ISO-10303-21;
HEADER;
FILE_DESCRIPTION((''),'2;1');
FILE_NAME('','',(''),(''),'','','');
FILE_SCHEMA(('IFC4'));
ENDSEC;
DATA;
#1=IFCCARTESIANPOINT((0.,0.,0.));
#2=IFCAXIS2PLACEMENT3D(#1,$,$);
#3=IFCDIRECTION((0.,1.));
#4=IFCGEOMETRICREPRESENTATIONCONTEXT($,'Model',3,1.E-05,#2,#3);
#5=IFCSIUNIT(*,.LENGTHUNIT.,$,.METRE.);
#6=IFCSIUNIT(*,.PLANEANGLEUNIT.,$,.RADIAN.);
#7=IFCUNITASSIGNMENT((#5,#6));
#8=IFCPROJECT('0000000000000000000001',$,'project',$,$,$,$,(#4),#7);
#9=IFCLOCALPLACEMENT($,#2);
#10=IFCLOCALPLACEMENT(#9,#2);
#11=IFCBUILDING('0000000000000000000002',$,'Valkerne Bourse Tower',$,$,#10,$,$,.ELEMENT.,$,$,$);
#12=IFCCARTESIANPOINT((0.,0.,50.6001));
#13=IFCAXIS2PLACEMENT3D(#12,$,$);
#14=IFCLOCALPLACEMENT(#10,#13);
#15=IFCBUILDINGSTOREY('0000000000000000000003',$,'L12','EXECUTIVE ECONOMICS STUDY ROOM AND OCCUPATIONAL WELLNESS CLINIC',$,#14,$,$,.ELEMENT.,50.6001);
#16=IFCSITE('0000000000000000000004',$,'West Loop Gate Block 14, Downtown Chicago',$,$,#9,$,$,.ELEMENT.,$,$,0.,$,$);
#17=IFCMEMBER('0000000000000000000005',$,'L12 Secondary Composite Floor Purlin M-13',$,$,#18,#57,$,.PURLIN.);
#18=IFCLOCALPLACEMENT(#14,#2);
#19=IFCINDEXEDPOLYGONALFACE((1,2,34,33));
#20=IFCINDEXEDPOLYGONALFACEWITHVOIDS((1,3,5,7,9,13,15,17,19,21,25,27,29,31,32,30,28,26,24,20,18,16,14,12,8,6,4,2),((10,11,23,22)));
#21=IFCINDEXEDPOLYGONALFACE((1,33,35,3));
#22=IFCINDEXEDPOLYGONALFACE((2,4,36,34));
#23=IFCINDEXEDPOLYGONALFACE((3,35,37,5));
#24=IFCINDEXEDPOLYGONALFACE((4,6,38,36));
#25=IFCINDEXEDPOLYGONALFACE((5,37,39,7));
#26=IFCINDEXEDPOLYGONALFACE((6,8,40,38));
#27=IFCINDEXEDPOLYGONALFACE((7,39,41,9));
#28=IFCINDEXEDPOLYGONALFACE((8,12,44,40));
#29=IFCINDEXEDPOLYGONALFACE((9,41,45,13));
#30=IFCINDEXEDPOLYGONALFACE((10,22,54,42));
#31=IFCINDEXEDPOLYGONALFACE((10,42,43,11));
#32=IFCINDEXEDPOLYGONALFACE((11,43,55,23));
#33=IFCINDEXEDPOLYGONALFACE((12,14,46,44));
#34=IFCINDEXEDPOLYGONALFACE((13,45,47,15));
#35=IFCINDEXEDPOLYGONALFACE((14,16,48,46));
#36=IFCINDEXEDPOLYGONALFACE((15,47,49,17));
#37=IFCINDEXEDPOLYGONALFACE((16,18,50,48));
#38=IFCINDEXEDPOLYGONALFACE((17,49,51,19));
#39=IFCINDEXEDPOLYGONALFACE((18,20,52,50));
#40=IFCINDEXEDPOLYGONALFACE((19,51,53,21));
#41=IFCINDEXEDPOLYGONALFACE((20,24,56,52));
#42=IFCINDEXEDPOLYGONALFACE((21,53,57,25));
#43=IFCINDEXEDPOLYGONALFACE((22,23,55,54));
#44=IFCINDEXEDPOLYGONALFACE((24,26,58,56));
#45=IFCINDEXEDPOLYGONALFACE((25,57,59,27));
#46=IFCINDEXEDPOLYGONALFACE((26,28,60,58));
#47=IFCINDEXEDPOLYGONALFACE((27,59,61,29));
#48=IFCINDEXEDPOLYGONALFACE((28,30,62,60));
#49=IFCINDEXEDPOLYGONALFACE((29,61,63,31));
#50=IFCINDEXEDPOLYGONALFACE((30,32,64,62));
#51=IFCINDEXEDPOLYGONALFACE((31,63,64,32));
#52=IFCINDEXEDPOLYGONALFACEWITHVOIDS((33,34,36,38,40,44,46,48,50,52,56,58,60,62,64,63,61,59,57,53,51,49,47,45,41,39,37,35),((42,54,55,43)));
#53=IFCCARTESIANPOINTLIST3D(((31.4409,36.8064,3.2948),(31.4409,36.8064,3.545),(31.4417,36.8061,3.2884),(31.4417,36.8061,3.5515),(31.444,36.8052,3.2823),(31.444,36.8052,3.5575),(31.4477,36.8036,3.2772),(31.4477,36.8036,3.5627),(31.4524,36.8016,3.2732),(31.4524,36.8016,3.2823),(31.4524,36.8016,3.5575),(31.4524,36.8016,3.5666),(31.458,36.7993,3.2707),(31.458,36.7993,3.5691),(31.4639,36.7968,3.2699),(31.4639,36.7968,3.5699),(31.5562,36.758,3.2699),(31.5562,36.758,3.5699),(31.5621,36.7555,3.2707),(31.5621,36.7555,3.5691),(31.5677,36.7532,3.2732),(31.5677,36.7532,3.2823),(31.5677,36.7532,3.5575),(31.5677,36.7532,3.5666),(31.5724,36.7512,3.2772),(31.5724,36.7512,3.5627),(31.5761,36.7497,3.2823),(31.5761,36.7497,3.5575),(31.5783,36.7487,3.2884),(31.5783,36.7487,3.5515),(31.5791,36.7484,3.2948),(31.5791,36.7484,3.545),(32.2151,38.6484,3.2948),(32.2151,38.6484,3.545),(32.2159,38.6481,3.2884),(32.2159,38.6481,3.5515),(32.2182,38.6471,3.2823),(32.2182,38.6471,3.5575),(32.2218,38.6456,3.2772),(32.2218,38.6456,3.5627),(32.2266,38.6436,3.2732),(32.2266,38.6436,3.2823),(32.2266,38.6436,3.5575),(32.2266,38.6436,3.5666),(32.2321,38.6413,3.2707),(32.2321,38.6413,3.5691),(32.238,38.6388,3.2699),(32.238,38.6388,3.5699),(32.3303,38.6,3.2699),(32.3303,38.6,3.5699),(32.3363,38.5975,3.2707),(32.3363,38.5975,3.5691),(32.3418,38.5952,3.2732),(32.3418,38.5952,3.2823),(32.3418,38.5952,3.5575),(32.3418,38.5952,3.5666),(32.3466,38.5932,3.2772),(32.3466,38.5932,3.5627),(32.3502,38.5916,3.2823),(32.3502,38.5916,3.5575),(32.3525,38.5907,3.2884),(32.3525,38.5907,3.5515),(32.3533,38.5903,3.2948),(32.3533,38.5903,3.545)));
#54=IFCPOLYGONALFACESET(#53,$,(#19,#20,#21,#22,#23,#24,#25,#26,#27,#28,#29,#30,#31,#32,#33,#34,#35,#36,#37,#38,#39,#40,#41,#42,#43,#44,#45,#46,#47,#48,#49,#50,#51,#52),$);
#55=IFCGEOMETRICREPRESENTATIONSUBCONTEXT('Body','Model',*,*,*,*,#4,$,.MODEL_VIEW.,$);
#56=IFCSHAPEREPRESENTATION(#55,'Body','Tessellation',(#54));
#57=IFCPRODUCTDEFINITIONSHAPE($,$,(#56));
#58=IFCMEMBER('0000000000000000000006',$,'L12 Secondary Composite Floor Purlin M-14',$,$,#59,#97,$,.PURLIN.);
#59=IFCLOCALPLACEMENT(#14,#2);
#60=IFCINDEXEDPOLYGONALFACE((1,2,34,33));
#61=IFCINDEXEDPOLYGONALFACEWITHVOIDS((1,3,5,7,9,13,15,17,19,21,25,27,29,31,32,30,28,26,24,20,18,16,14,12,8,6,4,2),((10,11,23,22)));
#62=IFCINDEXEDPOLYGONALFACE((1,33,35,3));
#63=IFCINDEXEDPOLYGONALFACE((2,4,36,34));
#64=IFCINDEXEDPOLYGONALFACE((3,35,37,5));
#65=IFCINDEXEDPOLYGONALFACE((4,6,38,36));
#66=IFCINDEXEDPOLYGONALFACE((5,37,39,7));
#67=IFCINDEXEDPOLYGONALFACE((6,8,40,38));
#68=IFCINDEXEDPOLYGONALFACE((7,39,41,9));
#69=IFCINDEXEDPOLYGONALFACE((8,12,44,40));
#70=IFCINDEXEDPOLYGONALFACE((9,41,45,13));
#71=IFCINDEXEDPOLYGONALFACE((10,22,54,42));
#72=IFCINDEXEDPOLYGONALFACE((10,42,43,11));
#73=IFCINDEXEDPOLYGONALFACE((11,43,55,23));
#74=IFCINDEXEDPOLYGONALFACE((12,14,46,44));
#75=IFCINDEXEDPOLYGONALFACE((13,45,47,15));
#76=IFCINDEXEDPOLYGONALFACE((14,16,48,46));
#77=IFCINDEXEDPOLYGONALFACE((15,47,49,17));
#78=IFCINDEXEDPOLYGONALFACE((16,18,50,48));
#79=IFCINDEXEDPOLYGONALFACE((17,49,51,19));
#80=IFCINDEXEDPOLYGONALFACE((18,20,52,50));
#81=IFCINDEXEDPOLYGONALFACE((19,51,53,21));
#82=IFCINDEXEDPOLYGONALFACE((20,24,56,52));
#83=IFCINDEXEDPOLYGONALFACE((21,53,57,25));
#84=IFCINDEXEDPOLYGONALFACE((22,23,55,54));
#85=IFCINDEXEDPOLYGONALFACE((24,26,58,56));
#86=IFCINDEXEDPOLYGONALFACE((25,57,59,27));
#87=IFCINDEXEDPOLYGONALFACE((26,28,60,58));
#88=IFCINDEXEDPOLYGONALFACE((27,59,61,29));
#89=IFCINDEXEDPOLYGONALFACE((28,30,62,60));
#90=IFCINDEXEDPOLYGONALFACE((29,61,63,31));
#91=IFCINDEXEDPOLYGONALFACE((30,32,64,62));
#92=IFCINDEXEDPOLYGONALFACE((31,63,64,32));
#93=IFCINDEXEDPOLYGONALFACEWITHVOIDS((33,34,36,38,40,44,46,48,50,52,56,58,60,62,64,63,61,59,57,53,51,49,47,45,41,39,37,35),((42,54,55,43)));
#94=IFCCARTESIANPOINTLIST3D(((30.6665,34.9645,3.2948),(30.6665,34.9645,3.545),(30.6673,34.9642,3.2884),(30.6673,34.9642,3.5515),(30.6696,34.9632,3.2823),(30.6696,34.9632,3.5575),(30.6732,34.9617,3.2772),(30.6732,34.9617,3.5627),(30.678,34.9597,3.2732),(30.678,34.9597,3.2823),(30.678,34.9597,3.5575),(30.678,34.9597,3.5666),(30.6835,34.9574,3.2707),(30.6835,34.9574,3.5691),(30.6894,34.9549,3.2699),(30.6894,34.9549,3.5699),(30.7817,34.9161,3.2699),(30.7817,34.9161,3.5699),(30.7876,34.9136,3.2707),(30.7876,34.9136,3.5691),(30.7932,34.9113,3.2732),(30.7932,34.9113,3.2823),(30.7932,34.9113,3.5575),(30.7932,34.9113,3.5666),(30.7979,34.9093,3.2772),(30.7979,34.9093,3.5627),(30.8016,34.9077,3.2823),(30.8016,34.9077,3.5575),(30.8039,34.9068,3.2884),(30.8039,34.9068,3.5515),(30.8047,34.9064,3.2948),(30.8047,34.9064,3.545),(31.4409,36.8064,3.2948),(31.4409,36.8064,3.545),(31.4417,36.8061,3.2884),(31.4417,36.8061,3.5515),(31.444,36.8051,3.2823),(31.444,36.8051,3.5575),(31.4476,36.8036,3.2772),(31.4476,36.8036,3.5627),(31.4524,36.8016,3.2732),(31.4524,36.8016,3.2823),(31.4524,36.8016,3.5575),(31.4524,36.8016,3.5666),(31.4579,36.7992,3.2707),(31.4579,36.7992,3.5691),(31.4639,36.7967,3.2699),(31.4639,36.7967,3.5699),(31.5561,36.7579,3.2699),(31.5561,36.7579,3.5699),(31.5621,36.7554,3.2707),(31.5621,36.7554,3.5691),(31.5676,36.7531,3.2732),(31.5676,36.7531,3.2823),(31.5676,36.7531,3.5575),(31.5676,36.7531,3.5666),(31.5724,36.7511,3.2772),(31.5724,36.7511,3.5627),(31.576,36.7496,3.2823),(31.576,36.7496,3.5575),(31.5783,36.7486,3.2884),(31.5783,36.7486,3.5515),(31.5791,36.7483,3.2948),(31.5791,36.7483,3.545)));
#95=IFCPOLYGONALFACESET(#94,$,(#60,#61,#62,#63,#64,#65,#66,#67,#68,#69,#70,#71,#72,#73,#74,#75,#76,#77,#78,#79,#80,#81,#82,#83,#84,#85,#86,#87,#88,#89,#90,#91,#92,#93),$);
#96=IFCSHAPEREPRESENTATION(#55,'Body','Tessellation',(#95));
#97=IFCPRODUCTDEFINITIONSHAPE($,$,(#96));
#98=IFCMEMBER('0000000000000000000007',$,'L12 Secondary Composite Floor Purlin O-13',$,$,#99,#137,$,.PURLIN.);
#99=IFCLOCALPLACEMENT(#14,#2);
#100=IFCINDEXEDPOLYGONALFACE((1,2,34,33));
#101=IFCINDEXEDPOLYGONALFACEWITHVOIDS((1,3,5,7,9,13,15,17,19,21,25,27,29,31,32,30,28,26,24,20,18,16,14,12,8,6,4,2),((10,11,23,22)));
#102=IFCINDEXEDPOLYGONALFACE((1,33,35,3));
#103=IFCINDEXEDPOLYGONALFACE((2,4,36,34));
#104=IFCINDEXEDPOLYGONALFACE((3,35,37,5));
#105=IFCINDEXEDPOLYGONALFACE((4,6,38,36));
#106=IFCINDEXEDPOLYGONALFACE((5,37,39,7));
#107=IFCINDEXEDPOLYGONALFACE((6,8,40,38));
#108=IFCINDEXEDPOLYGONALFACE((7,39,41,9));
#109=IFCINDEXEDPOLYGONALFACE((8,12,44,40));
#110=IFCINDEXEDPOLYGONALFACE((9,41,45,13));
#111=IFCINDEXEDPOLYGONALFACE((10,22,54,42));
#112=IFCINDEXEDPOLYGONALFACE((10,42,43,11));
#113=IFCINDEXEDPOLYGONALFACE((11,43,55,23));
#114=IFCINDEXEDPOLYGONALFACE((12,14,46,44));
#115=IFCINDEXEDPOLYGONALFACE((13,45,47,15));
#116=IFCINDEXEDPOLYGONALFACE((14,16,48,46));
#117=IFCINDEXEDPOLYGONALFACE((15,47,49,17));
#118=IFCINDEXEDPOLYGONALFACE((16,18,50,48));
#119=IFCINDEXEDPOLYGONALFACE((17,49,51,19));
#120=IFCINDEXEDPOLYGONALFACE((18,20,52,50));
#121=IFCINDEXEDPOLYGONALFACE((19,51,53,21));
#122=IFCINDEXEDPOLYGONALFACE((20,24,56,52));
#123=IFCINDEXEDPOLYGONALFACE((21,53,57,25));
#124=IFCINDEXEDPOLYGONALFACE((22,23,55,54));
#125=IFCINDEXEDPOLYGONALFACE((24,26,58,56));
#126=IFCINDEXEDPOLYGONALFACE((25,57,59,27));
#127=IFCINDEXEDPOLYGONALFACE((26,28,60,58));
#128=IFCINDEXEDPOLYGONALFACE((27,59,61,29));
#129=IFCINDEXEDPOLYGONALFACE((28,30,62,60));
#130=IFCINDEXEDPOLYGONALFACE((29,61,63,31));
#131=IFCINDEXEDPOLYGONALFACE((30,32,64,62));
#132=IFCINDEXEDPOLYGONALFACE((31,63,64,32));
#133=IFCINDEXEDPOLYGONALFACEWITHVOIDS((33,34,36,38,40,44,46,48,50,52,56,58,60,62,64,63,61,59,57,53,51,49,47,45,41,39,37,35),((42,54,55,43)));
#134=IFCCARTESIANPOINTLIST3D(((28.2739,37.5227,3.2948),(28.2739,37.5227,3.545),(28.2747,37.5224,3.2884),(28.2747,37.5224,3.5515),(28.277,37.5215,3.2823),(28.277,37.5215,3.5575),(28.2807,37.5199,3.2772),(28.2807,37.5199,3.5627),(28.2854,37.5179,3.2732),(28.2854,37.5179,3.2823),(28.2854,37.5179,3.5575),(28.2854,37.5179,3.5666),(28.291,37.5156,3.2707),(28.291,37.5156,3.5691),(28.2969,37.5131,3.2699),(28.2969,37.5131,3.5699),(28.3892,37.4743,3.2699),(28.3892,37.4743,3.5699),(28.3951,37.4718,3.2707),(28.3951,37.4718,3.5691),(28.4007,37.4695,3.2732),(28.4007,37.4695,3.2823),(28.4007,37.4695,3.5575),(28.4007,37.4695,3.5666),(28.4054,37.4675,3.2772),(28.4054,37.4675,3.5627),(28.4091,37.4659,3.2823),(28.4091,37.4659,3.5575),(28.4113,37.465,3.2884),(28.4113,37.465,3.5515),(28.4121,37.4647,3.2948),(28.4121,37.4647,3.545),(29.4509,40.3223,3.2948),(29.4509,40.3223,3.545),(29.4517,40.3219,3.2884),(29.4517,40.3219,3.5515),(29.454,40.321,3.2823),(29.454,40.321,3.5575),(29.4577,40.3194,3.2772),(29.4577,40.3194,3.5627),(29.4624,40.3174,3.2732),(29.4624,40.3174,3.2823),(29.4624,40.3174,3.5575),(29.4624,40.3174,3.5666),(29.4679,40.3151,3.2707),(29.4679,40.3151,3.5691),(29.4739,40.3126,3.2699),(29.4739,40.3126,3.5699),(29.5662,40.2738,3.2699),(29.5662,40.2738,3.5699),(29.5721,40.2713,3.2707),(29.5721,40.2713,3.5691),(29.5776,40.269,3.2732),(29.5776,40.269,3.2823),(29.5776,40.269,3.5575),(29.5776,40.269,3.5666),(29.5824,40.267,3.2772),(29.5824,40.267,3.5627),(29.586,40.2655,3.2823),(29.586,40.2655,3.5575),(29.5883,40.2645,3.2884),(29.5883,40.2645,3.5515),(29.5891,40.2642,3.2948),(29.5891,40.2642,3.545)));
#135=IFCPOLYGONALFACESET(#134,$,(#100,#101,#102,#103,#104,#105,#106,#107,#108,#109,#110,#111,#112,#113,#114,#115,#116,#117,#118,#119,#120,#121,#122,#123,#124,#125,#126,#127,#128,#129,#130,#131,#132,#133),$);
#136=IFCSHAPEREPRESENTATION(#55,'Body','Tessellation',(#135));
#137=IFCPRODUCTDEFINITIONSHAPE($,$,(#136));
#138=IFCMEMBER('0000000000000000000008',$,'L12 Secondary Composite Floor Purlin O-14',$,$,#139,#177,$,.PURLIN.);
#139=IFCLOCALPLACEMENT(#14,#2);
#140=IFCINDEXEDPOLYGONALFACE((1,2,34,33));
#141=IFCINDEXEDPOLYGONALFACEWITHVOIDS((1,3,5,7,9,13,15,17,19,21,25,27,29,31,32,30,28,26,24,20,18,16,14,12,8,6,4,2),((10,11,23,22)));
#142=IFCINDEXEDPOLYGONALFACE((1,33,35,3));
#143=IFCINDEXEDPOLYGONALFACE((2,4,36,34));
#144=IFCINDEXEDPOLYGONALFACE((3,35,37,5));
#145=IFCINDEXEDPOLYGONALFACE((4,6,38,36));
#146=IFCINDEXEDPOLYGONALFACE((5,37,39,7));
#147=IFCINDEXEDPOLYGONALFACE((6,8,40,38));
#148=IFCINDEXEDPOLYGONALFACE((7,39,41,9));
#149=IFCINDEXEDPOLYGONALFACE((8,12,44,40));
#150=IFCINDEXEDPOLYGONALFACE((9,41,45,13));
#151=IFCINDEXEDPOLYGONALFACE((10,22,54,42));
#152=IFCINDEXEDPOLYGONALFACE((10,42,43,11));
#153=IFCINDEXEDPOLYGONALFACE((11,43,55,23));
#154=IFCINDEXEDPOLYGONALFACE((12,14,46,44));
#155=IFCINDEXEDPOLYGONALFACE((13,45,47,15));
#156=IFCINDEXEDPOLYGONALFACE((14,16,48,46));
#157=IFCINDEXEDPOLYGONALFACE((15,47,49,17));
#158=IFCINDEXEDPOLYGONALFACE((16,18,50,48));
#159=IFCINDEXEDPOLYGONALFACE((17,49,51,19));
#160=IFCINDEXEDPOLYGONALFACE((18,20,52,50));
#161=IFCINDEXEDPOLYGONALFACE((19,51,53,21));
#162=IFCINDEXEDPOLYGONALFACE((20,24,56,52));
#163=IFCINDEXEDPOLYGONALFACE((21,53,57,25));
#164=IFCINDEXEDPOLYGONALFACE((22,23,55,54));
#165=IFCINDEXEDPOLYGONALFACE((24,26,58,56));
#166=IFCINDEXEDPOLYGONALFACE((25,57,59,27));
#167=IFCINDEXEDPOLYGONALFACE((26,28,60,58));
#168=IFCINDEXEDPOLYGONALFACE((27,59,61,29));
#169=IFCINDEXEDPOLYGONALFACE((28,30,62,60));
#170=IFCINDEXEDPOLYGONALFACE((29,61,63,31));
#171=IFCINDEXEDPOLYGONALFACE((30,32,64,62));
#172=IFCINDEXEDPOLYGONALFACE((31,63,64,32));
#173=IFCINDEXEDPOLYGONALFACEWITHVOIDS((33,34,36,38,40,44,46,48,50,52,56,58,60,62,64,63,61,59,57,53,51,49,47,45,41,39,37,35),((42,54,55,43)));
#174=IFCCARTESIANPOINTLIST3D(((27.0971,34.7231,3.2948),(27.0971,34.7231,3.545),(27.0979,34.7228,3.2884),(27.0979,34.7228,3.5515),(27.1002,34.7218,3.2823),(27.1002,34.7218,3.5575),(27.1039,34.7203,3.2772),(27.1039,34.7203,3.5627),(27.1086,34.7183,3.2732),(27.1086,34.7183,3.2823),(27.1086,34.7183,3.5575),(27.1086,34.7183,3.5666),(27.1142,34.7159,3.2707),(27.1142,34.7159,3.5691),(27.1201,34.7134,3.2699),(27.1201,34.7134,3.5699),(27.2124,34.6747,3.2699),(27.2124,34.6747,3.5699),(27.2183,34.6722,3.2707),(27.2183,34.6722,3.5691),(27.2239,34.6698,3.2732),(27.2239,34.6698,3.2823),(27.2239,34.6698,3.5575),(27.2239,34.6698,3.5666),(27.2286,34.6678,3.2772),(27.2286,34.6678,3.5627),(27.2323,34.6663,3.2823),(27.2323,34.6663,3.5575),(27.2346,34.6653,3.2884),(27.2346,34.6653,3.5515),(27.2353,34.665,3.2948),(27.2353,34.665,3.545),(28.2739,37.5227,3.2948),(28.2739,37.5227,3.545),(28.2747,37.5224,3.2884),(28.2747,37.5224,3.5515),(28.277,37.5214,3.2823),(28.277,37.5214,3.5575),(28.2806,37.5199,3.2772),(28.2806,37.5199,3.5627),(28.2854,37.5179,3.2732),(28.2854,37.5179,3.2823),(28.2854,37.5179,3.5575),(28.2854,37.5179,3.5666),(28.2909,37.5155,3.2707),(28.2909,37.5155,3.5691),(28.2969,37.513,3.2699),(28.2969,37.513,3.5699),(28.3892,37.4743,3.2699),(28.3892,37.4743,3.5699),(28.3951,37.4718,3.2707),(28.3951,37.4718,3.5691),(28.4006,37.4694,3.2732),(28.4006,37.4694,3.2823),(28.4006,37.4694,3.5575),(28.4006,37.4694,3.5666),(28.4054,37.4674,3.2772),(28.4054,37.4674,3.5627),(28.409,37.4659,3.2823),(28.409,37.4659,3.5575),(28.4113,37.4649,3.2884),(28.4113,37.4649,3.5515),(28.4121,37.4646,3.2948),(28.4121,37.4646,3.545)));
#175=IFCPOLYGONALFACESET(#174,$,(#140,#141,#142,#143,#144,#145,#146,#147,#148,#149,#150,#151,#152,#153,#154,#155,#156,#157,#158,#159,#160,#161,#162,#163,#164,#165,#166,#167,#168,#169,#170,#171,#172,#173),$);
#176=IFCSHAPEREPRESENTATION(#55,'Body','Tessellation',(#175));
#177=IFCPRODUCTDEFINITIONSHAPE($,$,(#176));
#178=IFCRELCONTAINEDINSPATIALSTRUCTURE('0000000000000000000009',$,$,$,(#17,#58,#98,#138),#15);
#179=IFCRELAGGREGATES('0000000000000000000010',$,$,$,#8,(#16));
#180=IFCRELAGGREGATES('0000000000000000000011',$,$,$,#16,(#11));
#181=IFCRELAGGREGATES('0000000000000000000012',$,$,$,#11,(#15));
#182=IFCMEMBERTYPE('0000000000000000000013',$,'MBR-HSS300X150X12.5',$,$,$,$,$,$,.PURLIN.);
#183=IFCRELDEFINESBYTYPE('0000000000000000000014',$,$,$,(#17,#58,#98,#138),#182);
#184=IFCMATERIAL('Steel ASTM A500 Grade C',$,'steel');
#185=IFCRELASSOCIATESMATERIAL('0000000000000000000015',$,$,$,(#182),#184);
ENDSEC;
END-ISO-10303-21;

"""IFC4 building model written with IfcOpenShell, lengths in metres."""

from ifc_helpers import new_model, si_unit, direction, frame, origin, origin_2d, place, context, subcontext, project, spatial, hollow_rectangle, extrude, material, material_profile, profile_set, type_object, element, save


model = new_model("IFC4")

# Units and contexts
model_context = context("Model", 3, precision=1e-05, world=origin(), true_north=direction((0.0, 1.0)))
body_context = subcontext(model_context, "Body", "Model", "MODEL_VIEW")
ifc_project = project(units=[si_unit("LENGTHUNIT", "METRE"), si_unit("PLANEANGLEUNIT", "RADIAN")], contexts=[model_context])

# Site, building, storey
site_placement = place(None, origin())
site = spatial("IfcSite", under=ifc_project, at=site_placement, Name="West Loop Gate Block 14, Downtown Chicago", CompositionType="ELEMENT", RefElevation=0.0)
building_placement = place(site_placement, origin())
building = spatial("IfcBuilding", under=site, at=building_placement, Name="Valkerne Bourse Tower", CompositionType="ELEMENT")
storey_placement = place(building_placement, frame((0.0, 0.0, 50.6001)))
storey = spatial("IfcBuildingStorey", under=building, at=storey_placement, Name="L12", Description="EXECUTIVE ECONOMICS STUDY ROOM AND OCCUPATIONAL WELLNESS CLINIC", CompositionType="ELEMENT", Elevation=50.6001)

# Members
ifc_material_1 = material(Name="Steel ASTM A500 Grade C", Category="steel")
ifc_material_profile_1 = material_profile(ifc_material_1, hollow_rectangle(XDim=0.1499, YDim=0.3, WallThickness=0.0125, OuterFilletRadius=0.0249, at=origin_2d()), Name="HSS300X150X12.5")
ifc_profile_set_1 = profile_set([ifc_material_profile_1], Name="Steel ASTM A500 Grade C")
member_type_1 = type_object("IfcMemberType", Name="MBR-HSS300X150X12.5", PredefinedType="PURLIN", material=ifc_profile_set_1)
for number, where, z_axis, x_axis, name in (
    (1, (32.2842, 38.6194, 3.4199), (-0.387451, -0.92189, 0.0), (0.92189, -0.387451, 0.0), "L12 Secondary Composite Floor Purlin M-13"),
    (2, (31.51, 36.7773, 3.4199), (-0.387598, -0.921828, 0.0), (0.921828, -0.387598, 0.0), "L12 Secondary Composite Floor Purlin M-14"),
):
    element("IfcMember", number, at=place(storey_placement, frame(where, z_axis=z_axis, x_axis=x_axis)), inside=storey, type_object=member_type_1, Name=name, PredefinedType="PURLIN", context=body_context, shape_type="SweptSolid", body=[
        extrude(hollow_rectangle(XDim=0.1499, YDim=0.3, WallThickness=0.0125, OuterFilletRadius=0.0249, at=origin_2d()), origin(), (0.0, 0.0, 1.0), 1.998),
    ])
for number, where, z_axis, x_axis, name in (
    (3, (29.52, 40.2932, 3.4199), (-0.387565, -0.921843, 0.0), (0.921843, -0.387565, 0.0), "L12 Secondary Composite Floor Purlin O-13"),
    (4, (28.343, 37.4937, 3.4199), (-0.387496, -0.921871, 0.0), (0.921871, -0.387496, 0.0), "L12 Secondary Composite Floor Purlin O-14"),
):
    element("IfcMember", number, at=place(storey_placement, frame(where, z_axis=z_axis, x_axis=x_axis)), inside=storey, type_object=member_type_1, Name=name, PredefinedType="PURLIN", context=body_context, shape_type="SweptSolid", body=[
        extrude(hollow_rectangle(XDim=0.1499, YDim=0.3, WallThickness=0.0125, OuterFilletRadius=0.0249, at=origin_2d()), origin(), (0.0, 0.0, 1.0), 3.0369),
    ])

save(model, "model.ifc")
